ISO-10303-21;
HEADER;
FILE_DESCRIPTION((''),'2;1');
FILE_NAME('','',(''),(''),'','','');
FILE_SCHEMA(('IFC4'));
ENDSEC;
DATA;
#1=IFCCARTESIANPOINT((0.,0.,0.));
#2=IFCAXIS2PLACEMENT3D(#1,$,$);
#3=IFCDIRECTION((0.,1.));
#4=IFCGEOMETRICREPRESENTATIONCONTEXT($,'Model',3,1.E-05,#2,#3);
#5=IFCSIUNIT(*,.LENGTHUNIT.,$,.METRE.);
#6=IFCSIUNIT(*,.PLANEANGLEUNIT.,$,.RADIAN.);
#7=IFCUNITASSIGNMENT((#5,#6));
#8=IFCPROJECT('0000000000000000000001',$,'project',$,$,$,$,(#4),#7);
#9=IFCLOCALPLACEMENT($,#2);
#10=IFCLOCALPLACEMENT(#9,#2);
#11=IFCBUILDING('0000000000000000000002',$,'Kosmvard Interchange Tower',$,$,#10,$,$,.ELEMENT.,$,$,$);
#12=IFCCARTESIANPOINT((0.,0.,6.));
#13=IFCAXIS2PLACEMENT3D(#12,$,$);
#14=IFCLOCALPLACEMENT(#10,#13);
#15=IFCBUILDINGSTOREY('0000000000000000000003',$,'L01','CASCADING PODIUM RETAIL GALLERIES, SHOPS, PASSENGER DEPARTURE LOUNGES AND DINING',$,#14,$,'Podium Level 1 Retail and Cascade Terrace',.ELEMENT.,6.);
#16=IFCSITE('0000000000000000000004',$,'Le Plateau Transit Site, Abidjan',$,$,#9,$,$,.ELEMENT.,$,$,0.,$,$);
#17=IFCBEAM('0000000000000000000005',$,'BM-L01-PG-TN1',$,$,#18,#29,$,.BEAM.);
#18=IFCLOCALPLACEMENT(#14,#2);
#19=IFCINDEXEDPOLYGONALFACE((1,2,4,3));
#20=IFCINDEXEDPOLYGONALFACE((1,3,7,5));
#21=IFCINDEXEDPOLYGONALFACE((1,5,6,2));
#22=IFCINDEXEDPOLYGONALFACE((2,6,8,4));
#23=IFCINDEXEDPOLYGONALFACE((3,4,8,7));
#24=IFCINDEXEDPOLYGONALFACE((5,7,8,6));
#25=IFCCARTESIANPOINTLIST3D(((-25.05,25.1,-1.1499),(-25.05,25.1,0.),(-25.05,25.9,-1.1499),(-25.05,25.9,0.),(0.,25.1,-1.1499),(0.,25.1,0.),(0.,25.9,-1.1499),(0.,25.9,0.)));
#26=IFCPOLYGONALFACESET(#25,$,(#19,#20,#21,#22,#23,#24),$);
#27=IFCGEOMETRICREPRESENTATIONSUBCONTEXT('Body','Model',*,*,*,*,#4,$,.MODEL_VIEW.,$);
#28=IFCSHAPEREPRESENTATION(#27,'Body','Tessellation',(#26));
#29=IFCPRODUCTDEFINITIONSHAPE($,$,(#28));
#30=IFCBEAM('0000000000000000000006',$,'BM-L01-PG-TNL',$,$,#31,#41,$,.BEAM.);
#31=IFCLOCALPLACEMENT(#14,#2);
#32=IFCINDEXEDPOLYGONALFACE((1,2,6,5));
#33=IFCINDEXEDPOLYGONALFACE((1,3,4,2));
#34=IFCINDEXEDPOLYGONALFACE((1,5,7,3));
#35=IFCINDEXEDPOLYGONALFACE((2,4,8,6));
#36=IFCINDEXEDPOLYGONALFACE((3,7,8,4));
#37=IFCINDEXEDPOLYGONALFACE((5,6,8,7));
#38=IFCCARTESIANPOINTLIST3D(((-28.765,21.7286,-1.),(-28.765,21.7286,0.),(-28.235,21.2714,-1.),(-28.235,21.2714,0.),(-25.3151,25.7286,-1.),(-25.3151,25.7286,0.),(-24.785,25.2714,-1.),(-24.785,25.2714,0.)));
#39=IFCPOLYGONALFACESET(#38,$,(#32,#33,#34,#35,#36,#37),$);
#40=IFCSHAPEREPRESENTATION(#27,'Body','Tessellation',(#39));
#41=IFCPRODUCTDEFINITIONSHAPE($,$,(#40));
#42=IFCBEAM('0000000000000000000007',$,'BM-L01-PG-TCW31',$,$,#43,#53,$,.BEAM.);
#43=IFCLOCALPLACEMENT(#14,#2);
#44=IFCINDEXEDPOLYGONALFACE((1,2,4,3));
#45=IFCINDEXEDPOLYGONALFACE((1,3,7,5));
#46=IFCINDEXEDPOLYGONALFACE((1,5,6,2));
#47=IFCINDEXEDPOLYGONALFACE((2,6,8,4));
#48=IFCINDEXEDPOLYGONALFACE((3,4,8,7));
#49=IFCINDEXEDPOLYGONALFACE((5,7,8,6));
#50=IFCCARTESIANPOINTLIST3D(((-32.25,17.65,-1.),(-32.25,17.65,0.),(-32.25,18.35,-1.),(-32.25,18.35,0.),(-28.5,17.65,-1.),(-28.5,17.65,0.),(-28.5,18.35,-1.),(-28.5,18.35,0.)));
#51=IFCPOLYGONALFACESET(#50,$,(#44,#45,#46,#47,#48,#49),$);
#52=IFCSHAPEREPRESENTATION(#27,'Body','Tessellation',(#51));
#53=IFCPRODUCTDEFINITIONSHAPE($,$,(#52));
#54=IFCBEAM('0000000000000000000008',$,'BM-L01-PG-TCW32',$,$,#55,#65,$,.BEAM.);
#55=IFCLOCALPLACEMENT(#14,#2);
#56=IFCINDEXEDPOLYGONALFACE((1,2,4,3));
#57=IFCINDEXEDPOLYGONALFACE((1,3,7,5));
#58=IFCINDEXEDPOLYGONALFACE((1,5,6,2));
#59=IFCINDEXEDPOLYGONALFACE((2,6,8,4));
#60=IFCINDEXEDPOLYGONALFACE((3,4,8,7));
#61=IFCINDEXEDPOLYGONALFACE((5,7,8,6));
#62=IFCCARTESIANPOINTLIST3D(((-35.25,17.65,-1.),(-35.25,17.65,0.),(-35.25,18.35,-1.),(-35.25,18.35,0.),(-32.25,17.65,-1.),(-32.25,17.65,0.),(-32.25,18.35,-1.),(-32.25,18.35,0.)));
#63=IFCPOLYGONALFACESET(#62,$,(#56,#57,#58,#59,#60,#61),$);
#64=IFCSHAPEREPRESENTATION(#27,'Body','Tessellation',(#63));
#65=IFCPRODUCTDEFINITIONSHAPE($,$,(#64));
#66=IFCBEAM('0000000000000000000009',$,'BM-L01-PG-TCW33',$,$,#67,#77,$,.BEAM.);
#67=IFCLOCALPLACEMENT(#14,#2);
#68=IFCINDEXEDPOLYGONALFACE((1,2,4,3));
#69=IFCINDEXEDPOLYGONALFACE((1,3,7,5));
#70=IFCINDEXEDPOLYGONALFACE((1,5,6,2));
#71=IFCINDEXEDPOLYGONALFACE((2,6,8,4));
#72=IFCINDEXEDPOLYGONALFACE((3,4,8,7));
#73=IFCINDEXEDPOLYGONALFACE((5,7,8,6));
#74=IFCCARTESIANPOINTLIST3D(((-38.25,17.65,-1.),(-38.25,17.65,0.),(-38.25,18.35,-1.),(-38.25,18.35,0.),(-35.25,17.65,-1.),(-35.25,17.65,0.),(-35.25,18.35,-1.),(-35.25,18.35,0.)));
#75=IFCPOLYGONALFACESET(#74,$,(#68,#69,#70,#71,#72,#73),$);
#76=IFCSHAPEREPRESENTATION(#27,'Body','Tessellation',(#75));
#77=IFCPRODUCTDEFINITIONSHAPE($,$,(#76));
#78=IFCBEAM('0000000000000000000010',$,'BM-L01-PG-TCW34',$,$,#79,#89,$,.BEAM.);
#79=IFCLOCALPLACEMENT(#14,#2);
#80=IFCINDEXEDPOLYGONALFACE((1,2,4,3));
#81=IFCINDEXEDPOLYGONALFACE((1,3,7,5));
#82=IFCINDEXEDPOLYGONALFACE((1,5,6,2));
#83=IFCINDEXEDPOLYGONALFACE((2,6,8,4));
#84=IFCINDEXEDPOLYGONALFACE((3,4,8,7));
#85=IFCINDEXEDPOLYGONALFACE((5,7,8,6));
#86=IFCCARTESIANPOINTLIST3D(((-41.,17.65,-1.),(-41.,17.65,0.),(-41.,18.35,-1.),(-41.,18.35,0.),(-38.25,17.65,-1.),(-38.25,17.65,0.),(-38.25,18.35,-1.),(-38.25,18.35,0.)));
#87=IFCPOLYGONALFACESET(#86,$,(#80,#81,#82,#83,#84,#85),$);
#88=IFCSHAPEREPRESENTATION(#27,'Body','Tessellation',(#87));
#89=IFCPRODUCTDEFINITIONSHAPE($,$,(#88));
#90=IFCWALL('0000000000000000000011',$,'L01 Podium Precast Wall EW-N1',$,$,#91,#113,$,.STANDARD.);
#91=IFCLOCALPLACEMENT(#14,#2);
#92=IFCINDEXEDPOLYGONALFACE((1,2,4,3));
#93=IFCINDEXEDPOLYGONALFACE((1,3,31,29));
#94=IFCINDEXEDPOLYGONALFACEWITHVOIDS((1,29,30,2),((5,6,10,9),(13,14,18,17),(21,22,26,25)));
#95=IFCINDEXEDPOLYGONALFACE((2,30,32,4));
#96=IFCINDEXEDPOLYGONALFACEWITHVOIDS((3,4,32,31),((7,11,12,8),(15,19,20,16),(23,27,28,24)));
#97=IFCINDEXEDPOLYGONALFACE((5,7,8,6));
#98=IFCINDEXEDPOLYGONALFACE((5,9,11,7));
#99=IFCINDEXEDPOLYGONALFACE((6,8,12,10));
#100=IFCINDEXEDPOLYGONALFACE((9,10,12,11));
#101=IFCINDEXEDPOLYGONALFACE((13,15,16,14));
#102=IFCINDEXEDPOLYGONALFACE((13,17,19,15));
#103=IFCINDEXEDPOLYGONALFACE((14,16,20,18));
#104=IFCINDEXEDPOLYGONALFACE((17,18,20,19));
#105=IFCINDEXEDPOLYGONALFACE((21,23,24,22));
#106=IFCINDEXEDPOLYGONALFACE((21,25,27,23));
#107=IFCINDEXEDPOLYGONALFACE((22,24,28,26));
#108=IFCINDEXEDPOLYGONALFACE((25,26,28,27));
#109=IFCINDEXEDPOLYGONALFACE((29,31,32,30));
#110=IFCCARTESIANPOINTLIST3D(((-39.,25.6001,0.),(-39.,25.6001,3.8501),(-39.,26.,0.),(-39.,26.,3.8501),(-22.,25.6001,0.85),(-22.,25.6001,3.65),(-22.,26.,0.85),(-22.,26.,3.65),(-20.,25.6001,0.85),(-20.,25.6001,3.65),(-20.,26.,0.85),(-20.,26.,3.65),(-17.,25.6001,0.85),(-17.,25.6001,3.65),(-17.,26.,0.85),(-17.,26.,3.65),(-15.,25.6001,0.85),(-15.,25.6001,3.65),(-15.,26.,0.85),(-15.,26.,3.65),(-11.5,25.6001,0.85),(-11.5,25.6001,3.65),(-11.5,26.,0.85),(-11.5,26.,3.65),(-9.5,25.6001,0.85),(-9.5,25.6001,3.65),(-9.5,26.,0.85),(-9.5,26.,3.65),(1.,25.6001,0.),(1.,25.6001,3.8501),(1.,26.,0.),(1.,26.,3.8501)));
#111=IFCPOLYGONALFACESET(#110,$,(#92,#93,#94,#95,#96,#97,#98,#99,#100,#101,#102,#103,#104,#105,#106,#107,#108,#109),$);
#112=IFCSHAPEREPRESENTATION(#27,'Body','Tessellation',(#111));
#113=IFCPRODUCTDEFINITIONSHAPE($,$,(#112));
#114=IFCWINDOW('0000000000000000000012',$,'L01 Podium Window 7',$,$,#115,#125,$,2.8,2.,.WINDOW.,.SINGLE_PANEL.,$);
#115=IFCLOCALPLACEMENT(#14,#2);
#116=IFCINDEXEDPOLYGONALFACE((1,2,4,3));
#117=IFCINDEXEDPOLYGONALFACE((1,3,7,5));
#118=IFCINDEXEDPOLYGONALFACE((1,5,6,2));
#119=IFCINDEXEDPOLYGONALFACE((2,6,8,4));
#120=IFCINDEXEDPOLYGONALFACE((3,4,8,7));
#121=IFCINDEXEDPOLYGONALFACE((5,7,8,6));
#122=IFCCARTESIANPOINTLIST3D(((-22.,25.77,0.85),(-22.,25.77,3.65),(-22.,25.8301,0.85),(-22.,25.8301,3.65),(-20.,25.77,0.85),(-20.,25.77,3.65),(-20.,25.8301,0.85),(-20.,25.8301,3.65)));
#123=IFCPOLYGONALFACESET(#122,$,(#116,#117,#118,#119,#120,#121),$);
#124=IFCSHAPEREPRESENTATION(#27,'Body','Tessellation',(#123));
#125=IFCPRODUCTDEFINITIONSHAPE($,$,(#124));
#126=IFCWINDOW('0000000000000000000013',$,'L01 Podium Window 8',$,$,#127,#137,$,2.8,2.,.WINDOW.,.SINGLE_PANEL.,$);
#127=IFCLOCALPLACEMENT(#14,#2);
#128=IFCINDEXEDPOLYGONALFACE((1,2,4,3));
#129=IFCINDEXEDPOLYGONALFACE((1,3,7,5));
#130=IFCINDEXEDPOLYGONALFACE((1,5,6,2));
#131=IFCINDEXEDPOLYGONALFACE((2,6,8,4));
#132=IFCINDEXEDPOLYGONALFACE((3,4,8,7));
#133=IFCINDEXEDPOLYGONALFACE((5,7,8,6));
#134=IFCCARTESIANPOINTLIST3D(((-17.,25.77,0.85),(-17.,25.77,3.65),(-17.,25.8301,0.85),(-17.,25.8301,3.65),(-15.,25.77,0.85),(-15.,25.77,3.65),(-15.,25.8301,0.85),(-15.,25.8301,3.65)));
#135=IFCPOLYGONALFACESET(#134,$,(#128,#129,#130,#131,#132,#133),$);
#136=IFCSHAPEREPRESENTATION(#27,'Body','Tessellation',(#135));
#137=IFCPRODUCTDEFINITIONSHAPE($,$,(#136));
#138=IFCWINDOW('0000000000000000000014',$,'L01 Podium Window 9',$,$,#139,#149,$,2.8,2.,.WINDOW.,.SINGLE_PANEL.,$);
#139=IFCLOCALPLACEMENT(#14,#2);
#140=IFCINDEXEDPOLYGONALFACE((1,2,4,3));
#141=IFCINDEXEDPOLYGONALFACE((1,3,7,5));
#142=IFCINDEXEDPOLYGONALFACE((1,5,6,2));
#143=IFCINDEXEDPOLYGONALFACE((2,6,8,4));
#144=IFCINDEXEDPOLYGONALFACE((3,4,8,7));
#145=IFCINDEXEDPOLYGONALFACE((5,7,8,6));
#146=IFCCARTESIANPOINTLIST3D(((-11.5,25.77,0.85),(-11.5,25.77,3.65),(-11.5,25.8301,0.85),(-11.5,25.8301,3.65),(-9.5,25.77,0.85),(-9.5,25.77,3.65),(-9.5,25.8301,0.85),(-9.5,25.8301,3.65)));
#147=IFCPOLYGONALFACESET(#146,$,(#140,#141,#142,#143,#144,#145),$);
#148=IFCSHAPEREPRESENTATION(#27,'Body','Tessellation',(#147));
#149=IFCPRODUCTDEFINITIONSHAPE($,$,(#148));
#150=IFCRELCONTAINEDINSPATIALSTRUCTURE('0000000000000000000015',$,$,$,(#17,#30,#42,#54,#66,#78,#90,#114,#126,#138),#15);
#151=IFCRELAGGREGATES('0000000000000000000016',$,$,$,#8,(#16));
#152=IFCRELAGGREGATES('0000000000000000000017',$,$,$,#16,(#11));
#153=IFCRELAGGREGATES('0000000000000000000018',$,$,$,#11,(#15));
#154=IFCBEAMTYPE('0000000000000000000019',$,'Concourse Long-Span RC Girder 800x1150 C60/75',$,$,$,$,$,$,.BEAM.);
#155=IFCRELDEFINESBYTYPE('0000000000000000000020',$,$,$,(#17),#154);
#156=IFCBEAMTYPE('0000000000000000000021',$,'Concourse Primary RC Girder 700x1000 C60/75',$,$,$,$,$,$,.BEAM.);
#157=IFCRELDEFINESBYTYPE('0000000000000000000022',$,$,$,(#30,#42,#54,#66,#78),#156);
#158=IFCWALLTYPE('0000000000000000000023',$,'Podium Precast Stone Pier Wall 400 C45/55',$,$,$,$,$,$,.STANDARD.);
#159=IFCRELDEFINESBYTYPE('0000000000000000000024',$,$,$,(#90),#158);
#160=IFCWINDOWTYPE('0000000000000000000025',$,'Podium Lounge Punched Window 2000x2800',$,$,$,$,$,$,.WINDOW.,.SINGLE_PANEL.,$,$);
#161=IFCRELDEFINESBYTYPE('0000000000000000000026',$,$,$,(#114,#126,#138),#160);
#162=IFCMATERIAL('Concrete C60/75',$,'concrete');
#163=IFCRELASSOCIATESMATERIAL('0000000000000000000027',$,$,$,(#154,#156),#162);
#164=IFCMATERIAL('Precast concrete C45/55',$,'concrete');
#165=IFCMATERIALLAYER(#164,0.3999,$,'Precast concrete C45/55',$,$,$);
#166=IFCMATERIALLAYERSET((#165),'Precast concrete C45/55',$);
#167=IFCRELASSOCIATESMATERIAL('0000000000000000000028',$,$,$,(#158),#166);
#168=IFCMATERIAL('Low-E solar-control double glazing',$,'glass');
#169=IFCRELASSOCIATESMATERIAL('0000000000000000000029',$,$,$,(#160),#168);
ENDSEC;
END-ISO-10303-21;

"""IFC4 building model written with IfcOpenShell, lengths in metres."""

from ifc_helpers import new_model, si_unit, direction, frame, frame_2d, origin, origin_2d, place, context, subcontext, project, spatial, rectangle, extrude, source, transform, mapped, material, layer, layer_set, material_profile, profile_set, type_object, element, fill, save


model = new_model("IFC4")

# Units and contexts
model_context = context("Model", 3, precision=1e-05, world=origin(), true_north=direction((0.0, 1.0)))
body_context = subcontext(model_context, "Body", "Model", "MODEL_VIEW")
ifc_project = project(units=[si_unit("LENGTHUNIT", "METRE"), si_unit("PLANEANGLEUNIT", "RADIAN")], contexts=[model_context])

# Site, building, storey
site_placement = place(None, origin())
site = spatial("IfcSite", under=ifc_project, at=site_placement, Name="Le Plateau Transit Site, Abidjan", CompositionType="ELEMENT", RefElevation=0.0)
building_placement = place(site_placement, origin())
building = spatial("IfcBuilding", under=site, at=building_placement, Name="Kosmvard Interchange Tower", CompositionType="ELEMENT")
storey_placement = place(building_placement, frame((0.0, 0.0, 6.0)))
storey = spatial("IfcBuildingStorey", under=building, at=storey_placement, Name="L01", Description="CASCADING PODIUM RETAIL GALLERIES, SHOPS, PASSENGER DEPARTURE LOUNGES AND DINING", LongName="Podium Level 1 Retail and Cascade Terrace", CompositionType="ELEMENT", Elevation=6.0)

# Shared definitions
ifc_material_1 = material(Name="Concrete C60/75", Category="concrete")

# Beams
ifc_material_profile_1 = material_profile(ifc_material_1, rectangle(XDim=0.8, YDim=1.1499, at=origin_2d()), Name="RCG 800x1150")
ifc_profile_set_1 = profile_set([ifc_material_profile_1], Name="Concrete C60/75")
beam_type_1 = type_object("IfcBeamType", Name="Concourse Long-Span RC Girder 800x1150 C60/75", PredefinedType="BEAM", material=ifc_profile_set_1)
shared_shape_1 = source(origin(), body_context, "Body", "SweptSolid", [
    extrude(rectangle(XDim=0.8, YDim=1.1499, at=origin_2d()), origin(), (0.0, 0.0, 1.0), 25.05),
])
beam_1_placement = place(storey_placement, frame((-25.05, 25.5, -0.575), z_axis=(1.0, 0.0, 0.0), x_axis=(0.0, 1.0, 0.0)))
element("IfcBeam", 1, at=beam_1_placement, inside=storey, type_object=beam_type_1, Name="BM-L01-PG-TN1", PredefinedType="BEAM", context=body_context, shape_type="MappedRepresentation", body=[
    mapped(shared_shape_1, transform((0.0, 0.0, 0.0), scale=1.0)),
])
ifc_material_profile_2 = material_profile(ifc_material_1, rectangle(XDim=0.7, YDim=1.0, at=origin_2d()), Name="RCG 700x1000")
ifc_profile_set_2 = profile_set([ifc_material_profile_2], Name="Concrete C60/75")
beam_type_2 = type_object("IfcBeamType", Name="Concourse Primary RC Girder 700x1000 C60/75", PredefinedType="BEAM", material=ifc_profile_set_2)
shared_shape_2 = source(origin(), body_context, "Body", "SweptSolid", [
    extrude(rectangle(XDim=0.7, YDim=1.0, at=origin_2d()), origin(), (0.0, 0.0, 1.0), 5.2822),
])
beam_2_placement = place(storey_placement, frame((-25.05, 25.5, -0.5), z_axis=(-0.653122, -0.757253, 0.0), x_axis=(0.757253, -0.653122, 0.0)))
element("IfcBeam", 2, at=beam_2_placement, inside=storey, type_object=beam_type_2, Name="BM-L01-PG-TNL", PredefinedType="BEAM", context=body_context, shape_type="MappedRepresentation", body=[
    mapped(shared_shape_2, transform((0.0, 0.0, 0.0), scale=1.0)),
])
shared_shape_3 = source(origin(), body_context, "Body", "SweptSolid", [
    extrude(rectangle(XDim=0.7, YDim=1.0, at=origin_2d()), origin(), (0.0, 0.0, 1.0), 3.75),
])
beam_3_placement = place(storey_placement, frame((-28.5, 18.0, -0.5), z_axis=(-1.0, 0.0, 0.0), x_axis=(0.0, -1.0, 0.0)))
element("IfcBeam", 3, at=beam_3_placement, inside=storey, type_object=beam_type_2, Name="BM-L01-PG-TCW31", PredefinedType="BEAM", context=body_context, shape_type="MappedRepresentation", body=[
    mapped(shared_shape_3, transform((0.0, 0.0, 0.0), scale=1.0)),
])
shared_shape_4 = source(origin(), body_context, "Body", "SweptSolid", [
    extrude(rectangle(XDim=0.7, YDim=1.0, at=origin_2d()), origin(), (0.0, 0.0, 1.0), 3.0),
])
for number, where, z_axis, x_axis, name in (
    (4, (-32.25, 18.0, -0.5), (-1.0, 0.0, 0.0), (0.0, -1.0, 0.0), "BM-L01-PG-TCW32"),
    (5, (-35.25, 18.0, -0.5), (-1.0, 0.0, 0.0), (0.0, -1.0, 0.0), "BM-L01-PG-TCW33"),
):
    element("IfcBeam", number, at=place(storey_placement, frame(where, z_axis=z_axis, x_axis=x_axis)), inside=storey, type_object=beam_type_2, Name=name, PredefinedType="BEAM", context=body_context, shape_type="MappedRepresentation", body=[
        mapped(shared_shape_4, transform((0.0, 0.0, 0.0), scale=1.0)),
    ])
shared_shape_5 = source(origin(), body_context, "Body", "SweptSolid", [
    extrude(rectangle(XDim=0.7, YDim=1.0, at=origin_2d()), origin(), (0.0, 0.0, 1.0), 2.75),
])
beam_4_placement = place(storey_placement, frame((-38.25, 18.0, -0.5), z_axis=(-1.0, 0.0, 0.0), x_axis=(0.0, -1.0, 0.0)))
element("IfcBeam", 6, at=beam_4_placement, inside=storey, type_object=beam_type_2, Name="BM-L01-PG-TCW34", PredefinedType="BEAM", context=body_context, shape_type="MappedRepresentation", body=[
    mapped(shared_shape_5, transform((0.0, 0.0, 0.0), scale=1.0)),
])

# Wall, openings, windows
ifc_material_2 = material(Name="Precast concrete C45/55", Category="concrete")
ifc_layer = layer(ifc_material_2, 0.3999, Name="Precast concrete C45/55")
ifc_layer_set = layer_set([ifc_layer], Name="Precast concrete C45/55")
wall_type = type_object("IfcWallType", Name="Podium Precast Stone Pier Wall 400 C45/55", PredefinedType="STANDARD", material=ifc_layer_set)
wall_placement = place(storey_placement, frame((-39.0, 25.8, 0.0), z_axis=(0.0, 0.0, 1.0), x_axis=(1.0, 0.0, 0.0)))
wall = element("IfcWall", 7, at=wall_placement, inside=storey, type_object=wall_type, Name="L01 Podium Precast Wall EW-N1", PredefinedType="STANDARD", context=body_context, shape_type="SweptSolid", body=[
    extrude(rectangle(XDim=40.0, YDim=0.3999, at=frame_2d((20.0, 0.0))), origin(), (0.0, 0.0, 1.0), 3.8501),
])
opening_1_placement = place(wall_placement, frame((17.0, 0.0, 0.8501)))
opening_1 = element("IfcOpeningElement", 8, at=opening_1_placement, cuts=wall, PredefinedType="OPENING", context=body_context, shape_type="SweptSolid", body=[
    extrude(rectangle(XDim=2.0, YDim=2.8, at=frame_2d((1.0, 1.3999))), frame((0.0, 0.21, 0.0), z_axis=(0.0, -1.0, 0.0), x_axis=(1.0, 0.0, 0.0)), (0.0, 0.0, 1.0), 0.4199),
])
opening_2_placement = place(wall_placement, frame((22.0, 0.0, 0.8501)))
opening_2 = element("IfcOpeningElement", 9, at=opening_2_placement, cuts=wall, PredefinedType="OPENING", context=body_context, shape_type="SweptSolid", body=[
    extrude(rectangle(XDim=2.0, YDim=2.8, at=frame_2d((1.0, 1.3999))), frame((0.0, 0.21, 0.0), z_axis=(0.0, -1.0, 0.0), x_axis=(1.0, 0.0, 0.0)), (0.0, 0.0, 1.0), 0.4199),
])
opening_3_placement = place(wall_placement, frame((27.5, 0.0, 0.8501)))
opening_3 = element("IfcOpeningElement", 10, at=opening_3_placement, cuts=wall, PredefinedType="OPENING", context=body_context, shape_type="SweptSolid", body=[
    extrude(rectangle(XDim=2.0, YDim=2.8, at=frame_2d((1.0, 1.3999))), frame((0.0, 0.21, 0.0), z_axis=(0.0, -1.0, 0.0), x_axis=(1.0, 0.0, 0.0)), (0.0, 0.0, 1.0), 0.4199),
])
ifc_material_3 = material(Name="Low-E solar-control double glazing", Category="glass")
window_type = type_object("IfcWindowType", Name="Podium Lounge Punched Window 2000x2800", PartitioningType="SINGLE_PANEL", PredefinedType="WINDOW", material=ifc_material_3)
shared_shape_6 = source(origin(), body_context, "Body", "SweptSolid", [
    extrude(rectangle(XDim=2.0, YDim=2.8, at=frame_2d((1.0, 1.3999))), frame((0.0, 0.03, 0.0), z_axis=(0.0, -1.0, 0.0), x_axis=(1.0, 0.0, 0.0)), (0.0, 0.0, 1.0), 0.0601),
])
window_1_placement = place(opening_1_placement, origin())
window_1 = element("IfcWindow", 11, at=window_1_placement, inside=storey, type_object=window_type, Name="L01 Podium Window 7", OverallHeight=2.8, OverallWidth=2.0, PartitioningType="SINGLE_PANEL", PredefinedType="WINDOW", context=body_context, shape_type="MappedRepresentation", body=[
    mapped(shared_shape_6, transform((0.0, 0.0, 0.0), scale=1.0)),
])
fill(opening_1, window_1)
window_2_placement = place(opening_2_placement, origin())
window_2 = element("IfcWindow", 12, at=window_2_placement, inside=storey, type_object=window_type, Name="L01 Podium Window 8", OverallHeight=2.8, OverallWidth=2.0, PartitioningType="SINGLE_PANEL", PredefinedType="WINDOW", context=body_context, shape_type="MappedRepresentation", body=[
    mapped(shared_shape_6, transform((0.0, 0.0, 0.0), scale=1.0)),
])
fill(opening_2, window_2)
window_3_placement = place(opening_3_placement, origin())
window_3 = element("IfcWindow", 13, at=window_3_placement, inside=storey, type_object=window_type, Name="L01 Podium Window 9", OverallHeight=2.8, OverallWidth=2.0, PartitioningType="SINGLE_PANEL", PredefinedType="WINDOW", context=body_context, shape_type="MappedRepresentation", body=[
    mapped(shared_shape_6, transform((0.0, 0.0, 0.0), scale=1.0)),
])
fill(opening_3, window_3)

save(model, "model.ifc")
